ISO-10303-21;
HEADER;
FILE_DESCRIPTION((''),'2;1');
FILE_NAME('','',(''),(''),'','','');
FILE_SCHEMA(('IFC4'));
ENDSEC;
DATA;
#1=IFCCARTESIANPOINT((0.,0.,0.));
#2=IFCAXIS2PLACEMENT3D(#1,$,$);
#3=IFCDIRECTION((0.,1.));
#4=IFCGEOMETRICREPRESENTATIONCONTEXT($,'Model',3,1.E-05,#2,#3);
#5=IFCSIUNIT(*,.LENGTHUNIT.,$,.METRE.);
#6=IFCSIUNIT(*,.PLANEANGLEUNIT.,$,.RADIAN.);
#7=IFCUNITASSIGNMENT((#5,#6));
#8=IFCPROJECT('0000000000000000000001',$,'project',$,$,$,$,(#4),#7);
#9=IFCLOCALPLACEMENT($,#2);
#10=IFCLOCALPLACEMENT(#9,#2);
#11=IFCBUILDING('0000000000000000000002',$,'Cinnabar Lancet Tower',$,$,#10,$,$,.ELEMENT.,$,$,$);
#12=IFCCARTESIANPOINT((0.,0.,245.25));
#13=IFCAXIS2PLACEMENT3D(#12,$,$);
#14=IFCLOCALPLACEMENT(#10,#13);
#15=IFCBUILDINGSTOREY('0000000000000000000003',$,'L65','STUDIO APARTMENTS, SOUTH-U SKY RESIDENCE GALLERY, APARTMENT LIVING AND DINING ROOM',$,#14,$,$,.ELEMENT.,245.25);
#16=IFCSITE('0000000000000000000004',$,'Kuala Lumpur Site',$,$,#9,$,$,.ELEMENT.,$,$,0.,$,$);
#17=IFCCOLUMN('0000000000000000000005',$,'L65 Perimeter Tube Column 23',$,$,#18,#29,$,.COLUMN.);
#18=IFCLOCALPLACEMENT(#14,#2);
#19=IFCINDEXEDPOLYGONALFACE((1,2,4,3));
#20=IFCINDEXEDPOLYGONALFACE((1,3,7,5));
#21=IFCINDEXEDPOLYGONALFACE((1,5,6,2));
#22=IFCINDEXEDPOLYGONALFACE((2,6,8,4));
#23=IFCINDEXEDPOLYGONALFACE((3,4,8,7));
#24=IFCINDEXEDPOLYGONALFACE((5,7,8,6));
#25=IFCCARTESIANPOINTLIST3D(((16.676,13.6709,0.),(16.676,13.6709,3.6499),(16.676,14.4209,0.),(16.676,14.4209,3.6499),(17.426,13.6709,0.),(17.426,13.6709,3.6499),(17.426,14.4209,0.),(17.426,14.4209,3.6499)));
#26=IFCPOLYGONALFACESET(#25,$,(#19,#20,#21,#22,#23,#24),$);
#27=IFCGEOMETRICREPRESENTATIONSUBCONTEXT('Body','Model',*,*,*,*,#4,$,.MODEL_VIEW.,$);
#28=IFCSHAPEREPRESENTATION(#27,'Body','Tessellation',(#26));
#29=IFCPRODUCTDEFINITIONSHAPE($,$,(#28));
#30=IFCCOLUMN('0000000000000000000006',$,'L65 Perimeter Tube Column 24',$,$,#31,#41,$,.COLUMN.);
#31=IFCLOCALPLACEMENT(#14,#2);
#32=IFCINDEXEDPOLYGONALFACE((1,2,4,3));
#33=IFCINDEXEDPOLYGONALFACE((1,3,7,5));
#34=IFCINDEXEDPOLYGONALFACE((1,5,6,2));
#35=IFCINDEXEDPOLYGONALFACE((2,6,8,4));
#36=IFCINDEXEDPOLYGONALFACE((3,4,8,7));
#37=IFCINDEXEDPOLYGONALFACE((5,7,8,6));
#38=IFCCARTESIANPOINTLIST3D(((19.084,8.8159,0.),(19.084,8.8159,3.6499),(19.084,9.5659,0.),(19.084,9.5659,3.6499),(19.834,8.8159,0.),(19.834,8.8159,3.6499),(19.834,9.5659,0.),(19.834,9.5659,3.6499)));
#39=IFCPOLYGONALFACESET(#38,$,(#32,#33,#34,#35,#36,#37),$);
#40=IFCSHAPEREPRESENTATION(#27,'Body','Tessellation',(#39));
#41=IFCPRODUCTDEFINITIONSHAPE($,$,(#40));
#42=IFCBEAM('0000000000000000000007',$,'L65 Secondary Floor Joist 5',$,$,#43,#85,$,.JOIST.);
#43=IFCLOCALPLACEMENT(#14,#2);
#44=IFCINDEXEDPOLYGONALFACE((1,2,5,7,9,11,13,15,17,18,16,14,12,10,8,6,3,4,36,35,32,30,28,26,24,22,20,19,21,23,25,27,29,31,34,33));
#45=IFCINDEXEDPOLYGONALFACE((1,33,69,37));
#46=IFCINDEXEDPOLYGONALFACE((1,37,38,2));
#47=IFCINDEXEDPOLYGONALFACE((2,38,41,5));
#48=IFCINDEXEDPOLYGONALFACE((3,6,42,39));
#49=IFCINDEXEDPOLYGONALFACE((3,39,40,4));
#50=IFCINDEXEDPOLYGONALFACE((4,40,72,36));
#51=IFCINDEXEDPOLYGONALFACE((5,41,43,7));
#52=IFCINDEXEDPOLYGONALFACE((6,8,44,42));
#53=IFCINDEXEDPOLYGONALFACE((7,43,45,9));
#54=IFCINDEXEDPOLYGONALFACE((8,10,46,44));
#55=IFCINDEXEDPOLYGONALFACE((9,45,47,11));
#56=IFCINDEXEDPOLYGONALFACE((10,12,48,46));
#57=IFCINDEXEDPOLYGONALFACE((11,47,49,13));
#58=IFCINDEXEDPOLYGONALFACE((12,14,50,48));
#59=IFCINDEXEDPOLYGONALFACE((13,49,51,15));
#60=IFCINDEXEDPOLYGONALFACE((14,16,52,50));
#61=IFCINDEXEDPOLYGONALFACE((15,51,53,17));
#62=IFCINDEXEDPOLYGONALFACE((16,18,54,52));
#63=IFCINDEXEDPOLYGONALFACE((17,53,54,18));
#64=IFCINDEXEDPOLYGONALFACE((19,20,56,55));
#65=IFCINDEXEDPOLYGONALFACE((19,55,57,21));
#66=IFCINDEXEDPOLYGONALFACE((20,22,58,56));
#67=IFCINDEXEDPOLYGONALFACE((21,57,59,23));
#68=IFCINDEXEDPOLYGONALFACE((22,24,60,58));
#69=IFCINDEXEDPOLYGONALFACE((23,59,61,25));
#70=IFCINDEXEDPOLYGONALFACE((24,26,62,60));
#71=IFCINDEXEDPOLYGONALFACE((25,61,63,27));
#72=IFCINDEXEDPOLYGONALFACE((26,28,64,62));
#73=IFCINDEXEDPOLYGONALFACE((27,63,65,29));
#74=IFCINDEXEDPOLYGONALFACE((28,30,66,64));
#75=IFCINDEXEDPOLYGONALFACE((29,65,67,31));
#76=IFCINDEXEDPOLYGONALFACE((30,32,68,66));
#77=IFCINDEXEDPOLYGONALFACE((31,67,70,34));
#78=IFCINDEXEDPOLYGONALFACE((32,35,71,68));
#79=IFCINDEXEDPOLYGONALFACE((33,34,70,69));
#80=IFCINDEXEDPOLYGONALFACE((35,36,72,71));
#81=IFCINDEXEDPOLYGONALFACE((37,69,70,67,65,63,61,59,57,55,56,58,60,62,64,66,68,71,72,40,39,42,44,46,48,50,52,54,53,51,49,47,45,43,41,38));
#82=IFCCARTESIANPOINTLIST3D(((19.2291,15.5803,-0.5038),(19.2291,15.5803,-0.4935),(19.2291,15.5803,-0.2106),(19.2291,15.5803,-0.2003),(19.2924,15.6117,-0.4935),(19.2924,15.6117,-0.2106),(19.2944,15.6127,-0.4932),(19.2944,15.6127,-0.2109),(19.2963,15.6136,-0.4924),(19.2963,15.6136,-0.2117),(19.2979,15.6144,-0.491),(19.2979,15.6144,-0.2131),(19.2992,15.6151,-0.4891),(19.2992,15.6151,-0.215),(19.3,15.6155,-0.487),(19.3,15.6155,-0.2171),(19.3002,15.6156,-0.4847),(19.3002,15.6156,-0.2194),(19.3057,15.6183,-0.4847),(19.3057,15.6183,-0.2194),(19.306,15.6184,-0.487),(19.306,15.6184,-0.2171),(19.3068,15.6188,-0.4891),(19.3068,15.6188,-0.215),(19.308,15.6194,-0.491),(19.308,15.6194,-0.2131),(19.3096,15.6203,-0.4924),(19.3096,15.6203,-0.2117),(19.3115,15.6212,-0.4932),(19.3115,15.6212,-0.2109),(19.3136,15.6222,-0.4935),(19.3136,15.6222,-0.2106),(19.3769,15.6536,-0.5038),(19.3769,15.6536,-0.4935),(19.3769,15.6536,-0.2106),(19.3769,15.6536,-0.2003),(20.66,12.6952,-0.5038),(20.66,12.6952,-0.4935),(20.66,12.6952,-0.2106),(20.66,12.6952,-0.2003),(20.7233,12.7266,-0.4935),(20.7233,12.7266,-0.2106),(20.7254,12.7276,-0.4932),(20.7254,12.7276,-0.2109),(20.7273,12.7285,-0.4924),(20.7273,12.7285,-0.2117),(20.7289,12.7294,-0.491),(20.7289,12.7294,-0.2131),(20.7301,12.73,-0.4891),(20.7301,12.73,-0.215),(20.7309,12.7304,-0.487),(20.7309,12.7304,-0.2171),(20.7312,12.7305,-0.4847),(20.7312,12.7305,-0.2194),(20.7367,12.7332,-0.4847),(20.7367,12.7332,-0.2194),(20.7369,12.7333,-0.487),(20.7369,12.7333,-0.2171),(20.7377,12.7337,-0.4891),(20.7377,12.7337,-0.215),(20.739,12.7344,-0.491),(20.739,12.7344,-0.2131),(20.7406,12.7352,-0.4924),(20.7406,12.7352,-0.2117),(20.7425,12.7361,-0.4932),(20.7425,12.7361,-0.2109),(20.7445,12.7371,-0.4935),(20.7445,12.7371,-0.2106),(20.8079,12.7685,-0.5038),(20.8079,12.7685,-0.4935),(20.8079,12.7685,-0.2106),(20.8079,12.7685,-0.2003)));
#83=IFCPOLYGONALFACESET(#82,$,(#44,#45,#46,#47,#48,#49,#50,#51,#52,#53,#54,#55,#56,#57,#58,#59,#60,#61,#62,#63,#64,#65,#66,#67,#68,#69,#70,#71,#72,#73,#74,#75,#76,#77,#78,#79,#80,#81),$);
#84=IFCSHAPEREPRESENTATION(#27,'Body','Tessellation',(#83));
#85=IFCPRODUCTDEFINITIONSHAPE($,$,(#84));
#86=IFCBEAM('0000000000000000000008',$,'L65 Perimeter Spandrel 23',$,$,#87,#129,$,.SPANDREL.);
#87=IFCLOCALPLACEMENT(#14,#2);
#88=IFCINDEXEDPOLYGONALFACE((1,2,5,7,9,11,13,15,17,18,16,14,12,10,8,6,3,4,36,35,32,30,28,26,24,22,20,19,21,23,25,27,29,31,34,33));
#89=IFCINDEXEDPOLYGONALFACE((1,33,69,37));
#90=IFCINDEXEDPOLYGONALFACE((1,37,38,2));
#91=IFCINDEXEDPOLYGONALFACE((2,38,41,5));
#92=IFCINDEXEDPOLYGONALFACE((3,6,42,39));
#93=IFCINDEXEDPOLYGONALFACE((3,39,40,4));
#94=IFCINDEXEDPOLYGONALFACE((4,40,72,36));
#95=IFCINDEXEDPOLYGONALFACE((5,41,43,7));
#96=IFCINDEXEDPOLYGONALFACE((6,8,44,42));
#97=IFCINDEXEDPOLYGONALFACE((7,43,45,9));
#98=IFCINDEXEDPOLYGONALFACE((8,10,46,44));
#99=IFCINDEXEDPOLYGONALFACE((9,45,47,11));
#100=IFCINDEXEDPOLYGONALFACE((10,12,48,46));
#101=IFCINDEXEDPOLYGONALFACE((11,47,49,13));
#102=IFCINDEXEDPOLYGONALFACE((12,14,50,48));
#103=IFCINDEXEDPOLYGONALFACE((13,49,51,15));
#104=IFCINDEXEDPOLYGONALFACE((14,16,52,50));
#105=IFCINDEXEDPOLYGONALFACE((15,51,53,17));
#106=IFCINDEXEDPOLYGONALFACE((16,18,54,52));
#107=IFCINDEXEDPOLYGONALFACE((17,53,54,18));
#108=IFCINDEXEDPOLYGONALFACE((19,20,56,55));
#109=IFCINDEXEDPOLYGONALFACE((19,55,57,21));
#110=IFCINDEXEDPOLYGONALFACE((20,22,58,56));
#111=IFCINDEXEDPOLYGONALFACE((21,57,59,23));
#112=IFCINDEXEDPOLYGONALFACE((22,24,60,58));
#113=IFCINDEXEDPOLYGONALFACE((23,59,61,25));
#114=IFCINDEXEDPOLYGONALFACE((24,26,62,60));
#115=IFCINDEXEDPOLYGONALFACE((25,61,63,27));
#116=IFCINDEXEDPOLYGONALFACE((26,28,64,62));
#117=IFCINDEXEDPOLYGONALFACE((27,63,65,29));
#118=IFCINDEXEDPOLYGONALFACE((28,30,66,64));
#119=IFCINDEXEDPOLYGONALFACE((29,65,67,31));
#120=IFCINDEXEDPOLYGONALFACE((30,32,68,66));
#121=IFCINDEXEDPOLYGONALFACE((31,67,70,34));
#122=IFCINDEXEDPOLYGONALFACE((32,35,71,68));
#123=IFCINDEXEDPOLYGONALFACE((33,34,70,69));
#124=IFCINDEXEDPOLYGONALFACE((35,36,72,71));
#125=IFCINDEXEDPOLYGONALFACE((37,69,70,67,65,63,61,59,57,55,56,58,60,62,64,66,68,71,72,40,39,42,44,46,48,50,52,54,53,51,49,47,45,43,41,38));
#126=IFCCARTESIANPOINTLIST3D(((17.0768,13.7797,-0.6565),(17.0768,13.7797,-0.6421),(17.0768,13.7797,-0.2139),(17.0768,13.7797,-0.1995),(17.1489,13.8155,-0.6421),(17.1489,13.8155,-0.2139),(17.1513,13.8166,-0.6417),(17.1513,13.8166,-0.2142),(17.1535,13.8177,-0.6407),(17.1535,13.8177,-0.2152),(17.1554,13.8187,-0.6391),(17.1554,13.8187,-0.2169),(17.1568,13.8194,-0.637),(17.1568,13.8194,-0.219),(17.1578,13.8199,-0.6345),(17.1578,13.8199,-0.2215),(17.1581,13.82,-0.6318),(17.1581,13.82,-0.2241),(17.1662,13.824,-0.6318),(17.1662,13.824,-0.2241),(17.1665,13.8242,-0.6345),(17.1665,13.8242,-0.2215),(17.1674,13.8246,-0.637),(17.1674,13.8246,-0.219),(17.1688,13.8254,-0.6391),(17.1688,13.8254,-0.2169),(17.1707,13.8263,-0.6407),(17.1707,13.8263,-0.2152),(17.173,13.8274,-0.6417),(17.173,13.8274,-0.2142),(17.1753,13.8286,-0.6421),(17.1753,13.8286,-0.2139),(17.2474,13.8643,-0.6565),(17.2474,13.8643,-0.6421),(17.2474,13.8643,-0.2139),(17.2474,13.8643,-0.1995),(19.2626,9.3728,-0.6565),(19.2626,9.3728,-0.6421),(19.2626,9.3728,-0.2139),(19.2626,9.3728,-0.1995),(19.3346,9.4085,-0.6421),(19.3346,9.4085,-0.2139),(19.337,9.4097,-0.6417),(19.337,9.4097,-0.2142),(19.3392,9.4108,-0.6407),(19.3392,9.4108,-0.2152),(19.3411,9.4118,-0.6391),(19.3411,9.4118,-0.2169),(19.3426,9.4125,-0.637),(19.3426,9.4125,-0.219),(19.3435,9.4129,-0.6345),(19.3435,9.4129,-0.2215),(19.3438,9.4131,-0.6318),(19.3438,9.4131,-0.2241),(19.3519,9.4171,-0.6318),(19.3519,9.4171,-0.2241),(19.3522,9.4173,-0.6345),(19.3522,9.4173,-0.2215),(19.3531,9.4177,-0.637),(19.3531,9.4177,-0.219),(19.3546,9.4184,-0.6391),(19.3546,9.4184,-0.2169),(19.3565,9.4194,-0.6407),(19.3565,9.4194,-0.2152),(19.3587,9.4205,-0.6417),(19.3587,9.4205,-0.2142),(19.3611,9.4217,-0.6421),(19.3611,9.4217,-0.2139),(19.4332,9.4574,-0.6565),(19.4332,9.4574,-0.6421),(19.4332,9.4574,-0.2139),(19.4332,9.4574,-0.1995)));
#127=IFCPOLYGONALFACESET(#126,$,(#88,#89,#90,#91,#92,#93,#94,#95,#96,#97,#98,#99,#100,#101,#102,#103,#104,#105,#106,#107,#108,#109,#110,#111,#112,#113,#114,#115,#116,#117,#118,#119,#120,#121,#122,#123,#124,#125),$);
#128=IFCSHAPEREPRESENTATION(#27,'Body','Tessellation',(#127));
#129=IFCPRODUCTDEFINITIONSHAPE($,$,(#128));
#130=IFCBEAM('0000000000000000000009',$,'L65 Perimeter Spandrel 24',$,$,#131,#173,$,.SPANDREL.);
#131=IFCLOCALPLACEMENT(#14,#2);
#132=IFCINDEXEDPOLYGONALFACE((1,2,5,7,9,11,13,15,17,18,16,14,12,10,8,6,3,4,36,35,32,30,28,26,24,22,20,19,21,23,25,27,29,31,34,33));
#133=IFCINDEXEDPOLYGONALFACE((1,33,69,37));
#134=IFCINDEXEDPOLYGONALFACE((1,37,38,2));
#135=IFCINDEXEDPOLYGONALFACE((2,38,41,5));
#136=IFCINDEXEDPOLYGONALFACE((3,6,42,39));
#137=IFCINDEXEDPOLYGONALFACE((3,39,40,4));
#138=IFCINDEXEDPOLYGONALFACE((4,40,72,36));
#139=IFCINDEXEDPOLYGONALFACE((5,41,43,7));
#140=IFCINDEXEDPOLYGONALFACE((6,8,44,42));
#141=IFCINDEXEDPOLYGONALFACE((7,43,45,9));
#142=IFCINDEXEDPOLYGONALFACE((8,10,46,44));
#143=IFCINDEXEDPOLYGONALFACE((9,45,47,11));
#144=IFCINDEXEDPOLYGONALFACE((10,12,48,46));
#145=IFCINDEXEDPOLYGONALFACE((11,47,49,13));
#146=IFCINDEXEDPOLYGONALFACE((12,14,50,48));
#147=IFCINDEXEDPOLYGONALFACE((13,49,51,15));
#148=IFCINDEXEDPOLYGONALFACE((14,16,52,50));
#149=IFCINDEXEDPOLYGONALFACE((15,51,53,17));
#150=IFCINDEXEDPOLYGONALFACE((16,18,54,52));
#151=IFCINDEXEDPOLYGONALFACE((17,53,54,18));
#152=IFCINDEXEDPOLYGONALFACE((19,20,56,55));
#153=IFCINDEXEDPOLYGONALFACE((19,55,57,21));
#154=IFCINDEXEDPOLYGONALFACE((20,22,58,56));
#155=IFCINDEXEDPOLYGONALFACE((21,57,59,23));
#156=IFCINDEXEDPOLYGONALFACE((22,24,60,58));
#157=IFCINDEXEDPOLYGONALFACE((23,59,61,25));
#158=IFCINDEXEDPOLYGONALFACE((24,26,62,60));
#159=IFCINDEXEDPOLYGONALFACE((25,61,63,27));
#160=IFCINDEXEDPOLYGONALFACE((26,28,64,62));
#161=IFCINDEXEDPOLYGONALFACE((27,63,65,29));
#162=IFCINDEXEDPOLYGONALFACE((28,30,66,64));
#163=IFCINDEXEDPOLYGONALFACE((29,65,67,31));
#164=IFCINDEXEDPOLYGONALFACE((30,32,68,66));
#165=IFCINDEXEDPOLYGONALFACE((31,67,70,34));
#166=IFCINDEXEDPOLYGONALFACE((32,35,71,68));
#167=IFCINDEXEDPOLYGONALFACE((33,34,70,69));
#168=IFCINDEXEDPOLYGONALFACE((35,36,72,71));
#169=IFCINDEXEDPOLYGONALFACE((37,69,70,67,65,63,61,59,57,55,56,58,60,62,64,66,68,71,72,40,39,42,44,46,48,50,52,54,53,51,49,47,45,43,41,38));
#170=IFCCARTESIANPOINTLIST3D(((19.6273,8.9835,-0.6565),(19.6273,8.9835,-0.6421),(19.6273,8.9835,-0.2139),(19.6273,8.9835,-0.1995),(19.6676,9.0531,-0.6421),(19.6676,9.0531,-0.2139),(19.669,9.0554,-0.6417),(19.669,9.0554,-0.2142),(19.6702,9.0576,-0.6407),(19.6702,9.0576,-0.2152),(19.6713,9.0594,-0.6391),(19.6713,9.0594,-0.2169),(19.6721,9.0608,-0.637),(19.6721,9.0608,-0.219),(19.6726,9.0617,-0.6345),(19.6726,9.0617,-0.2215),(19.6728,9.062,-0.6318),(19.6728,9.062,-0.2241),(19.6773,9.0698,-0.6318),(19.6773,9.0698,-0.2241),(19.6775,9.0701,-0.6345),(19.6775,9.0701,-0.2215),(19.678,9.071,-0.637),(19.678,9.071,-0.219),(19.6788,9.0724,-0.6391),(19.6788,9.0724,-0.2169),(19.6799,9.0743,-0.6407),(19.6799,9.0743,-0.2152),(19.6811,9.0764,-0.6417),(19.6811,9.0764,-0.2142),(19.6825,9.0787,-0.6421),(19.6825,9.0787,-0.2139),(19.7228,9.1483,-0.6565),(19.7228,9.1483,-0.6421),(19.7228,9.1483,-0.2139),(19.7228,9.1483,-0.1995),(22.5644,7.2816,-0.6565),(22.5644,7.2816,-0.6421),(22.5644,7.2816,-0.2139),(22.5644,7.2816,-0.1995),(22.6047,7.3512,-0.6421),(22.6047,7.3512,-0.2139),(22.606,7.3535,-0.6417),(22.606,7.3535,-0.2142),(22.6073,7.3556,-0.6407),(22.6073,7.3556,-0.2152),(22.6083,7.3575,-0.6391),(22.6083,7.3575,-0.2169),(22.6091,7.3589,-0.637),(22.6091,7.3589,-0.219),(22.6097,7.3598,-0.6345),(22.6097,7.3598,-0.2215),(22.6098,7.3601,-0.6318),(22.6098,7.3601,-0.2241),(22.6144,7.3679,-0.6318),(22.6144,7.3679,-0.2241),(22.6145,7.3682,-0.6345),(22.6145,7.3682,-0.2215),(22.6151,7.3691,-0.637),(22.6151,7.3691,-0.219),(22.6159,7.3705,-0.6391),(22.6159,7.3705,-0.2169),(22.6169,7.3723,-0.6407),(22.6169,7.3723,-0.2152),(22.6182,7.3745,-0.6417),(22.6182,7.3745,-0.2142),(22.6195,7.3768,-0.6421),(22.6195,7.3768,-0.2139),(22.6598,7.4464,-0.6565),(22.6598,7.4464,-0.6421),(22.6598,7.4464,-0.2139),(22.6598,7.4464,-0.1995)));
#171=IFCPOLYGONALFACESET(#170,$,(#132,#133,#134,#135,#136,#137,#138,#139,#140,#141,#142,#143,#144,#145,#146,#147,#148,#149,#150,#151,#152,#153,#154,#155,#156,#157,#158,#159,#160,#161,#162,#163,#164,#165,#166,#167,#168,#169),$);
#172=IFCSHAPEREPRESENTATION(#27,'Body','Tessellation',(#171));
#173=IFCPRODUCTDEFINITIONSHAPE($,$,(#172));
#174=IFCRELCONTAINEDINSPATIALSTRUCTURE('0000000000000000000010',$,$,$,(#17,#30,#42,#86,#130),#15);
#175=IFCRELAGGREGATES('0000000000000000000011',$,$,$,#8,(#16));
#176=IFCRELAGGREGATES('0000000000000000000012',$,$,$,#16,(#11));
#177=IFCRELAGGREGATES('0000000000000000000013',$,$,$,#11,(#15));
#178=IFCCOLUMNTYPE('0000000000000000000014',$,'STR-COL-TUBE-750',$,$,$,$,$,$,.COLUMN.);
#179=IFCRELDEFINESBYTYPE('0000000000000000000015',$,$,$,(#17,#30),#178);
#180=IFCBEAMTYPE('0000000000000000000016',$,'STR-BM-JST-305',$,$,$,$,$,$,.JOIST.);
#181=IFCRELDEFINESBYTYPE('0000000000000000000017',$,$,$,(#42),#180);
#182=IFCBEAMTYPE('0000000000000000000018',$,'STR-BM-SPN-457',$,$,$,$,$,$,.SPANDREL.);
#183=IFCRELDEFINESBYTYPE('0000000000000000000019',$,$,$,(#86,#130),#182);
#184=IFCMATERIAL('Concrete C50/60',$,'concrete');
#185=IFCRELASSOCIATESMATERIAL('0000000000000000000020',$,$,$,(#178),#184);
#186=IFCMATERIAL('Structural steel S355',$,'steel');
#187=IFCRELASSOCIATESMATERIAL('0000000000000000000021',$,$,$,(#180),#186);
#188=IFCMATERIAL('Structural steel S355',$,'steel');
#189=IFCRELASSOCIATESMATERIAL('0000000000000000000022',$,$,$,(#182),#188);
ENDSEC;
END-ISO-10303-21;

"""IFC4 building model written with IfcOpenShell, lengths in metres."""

from ifc_helpers import new_model, si_unit, direction, frame, origin, origin_2d, place, context, subcontext, project, spatial, rectangle, i_section, extrude, material, material_profile, profile_set, type_object, element, save


model = new_model("IFC4")

# Units and contexts
model_context = context("Model", 3, precision=1e-05, world=origin(), true_north=direction((0.0, 1.0)))
body_context = subcontext(model_context, "Body", "Model", "MODEL_VIEW")
ifc_project = project(units=[si_unit("LENGTHUNIT", "METRE"), si_unit("PLANEANGLEUNIT", "RADIAN")], contexts=[model_context])

# Site, building, storey
site_placement = place(None, origin())
site = spatial("IfcSite", under=ifc_project, at=site_placement, Name="Kuala Lumpur Site", CompositionType="ELEMENT", RefElevation=0.0)
building_placement = place(site_placement, origin())
building = spatial("IfcBuilding", under=site, at=building_placement, Name="Cinnabar Lancet Tower", CompositionType="ELEMENT")
storey_placement = place(building_placement, frame((0.0, 0.0, 245.25)))
storey = spatial("IfcBuildingStorey", under=building, at=storey_placement, Name="L65", Description="STUDIO APARTMENTS, SOUTH-U SKY RESIDENCE GALLERY, APARTMENT LIVING AND DINING ROOM", CompositionType="ELEMENT", Elevation=245.25)

# Columns
ifc_material_1 = material(Name="Concrete C50/60", Category="concrete")
ifc_material_profile_1 = material_profile(ifc_material_1, rectangle(XDim=0.75, YDim=0.75, at=origin_2d()), Name="RC-COL 750x750")
ifc_profile_set_1 = profile_set([ifc_material_profile_1], Name="Concrete C50/60")
column_type = type_object("IfcColumnType", Name="STR-COL-TUBE-750", PredefinedType="COLUMN", material=ifc_profile_set_1)
for number, where, z_axis, x_axis, name in (
    (1, (17.051, 14.0459, 0.0), (0.0, 0.0, 1.0), (1.0, 0.0, 0.0), "L65 Perimeter Tube Column 23"),
    (2, (19.459, 9.1909, 0.0), (0.0, 0.0, 1.0), (1.0, 0.0, 0.0), "L65 Perimeter Tube Column 24"),
):
    element("IfcColumn", number, at=place(storey_placement, frame(where, z_axis=z_axis, x_axis=x_axis)), inside=storey, type_object=column_type, Name=name, PredefinedType="COLUMN", context=body_context, shape_type="SweptSolid", body=[
        extrude(rectangle(XDim=0.75, YDim=0.75, at=origin_2d()), origin(), (0.0, 0.0, 1.0), 3.6499),
    ])

# Beams
ifc_material_2 = material(Name="Structural steel S355", Category="steel")
ifc_material_profile_2 = material_profile(ifc_material_2, i_section(OverallWidth=0.165, OverallDepth=0.3035, WebThickness=0.0061, FlangeThickness=0.0103, FilletRadius=0.0088, at=origin_2d()), Name="UKB 305x165x40")
ifc_profile_set_2 = profile_set([ifc_material_profile_2], Name="Structural steel S355")
beam_type_1 = type_object("IfcBeamType", Name="STR-BM-JST-305", PredefinedType="JOIST", material=ifc_profile_set_2)
beam_1_placement = place(storey_placement, frame((19.303, 15.6169, -0.3521), z_axis=(0.44433, -0.895863, 0.0), x_axis=(0.895863, 0.44433, 0.0)))
element("IfcBeam", 3, at=beam_1_placement, inside=storey, type_object=beam_type_1, Name="L65 Secondary Floor Joist 5", PredefinedType="JOIST", context=body_context, shape_type="SweptSolid", body=[
    extrude(i_section(OverallWidth=0.165, OverallDepth=0.3035, WebThickness=0.0061, FlangeThickness=0.0103, FilletRadius=0.0088, at=origin_2d()), origin(), (0.0, 0.0, 1.0), 3.2205),
])
ifc_material_3 = material(Name="Structural steel S355", Category="steel")
ifc_material_profile_3 = material_profile(ifc_material_3, i_section(OverallWidth=0.1904, OverallDepth=0.457, WebThickness=0.009, FlangeThickness=0.0144, FilletRadius=0.0103, at=origin_2d()), Name="UKB 457x191x74")
ifc_profile_set_3 = profile_set([ifc_material_profile_3], Name="Structural steel S355")
beam_type_2 = type_object("IfcBeamType", Name="STR-BM-SPN-457", PredefinedType="SPANDREL", material=ifc_profile_set_3)
beam_2_placement = place(storey_placement, frame((17.1621, 13.822, -0.428), z_axis=(0.444333, -0.895862, 0.0), x_axis=(0.895862, 0.444333, 0.0)))
element("IfcBeam", 4, at=beam_2_placement, inside=storey, type_object=beam_type_2, Name="L65 Perimeter Spandrel 23", PredefinedType="SPANDREL", context=body_context, shape_type="SweptSolid", body=[
    extrude(i_section(OverallWidth=0.1904, OverallDepth=0.457, WebThickness=0.009, FlangeThickness=0.0144, FilletRadius=0.0103, at=origin_2d()), origin(), (0.0, 0.0, 1.0), 4.9192),
])
beam_3_placement = place(storey_placement, frame((19.675, 9.0659, -0.428), z_axis=(0.865231, -0.501374, 0.0), x_axis=(0.501374, 0.865231, 0.0)))
element("IfcBeam", 5, at=beam_3_placement, inside=storey, type_object=beam_type_2, Name="L65 Perimeter Spandrel 24", PredefinedType="SPANDREL", context=body_context, shape_type="SweptSolid", body=[
    extrude(i_section(OverallWidth=0.1904, OverallDepth=0.457, WebThickness=0.009, FlangeThickness=0.0144, FilletRadius=0.0103, at=origin_2d()), origin(), (0.0, 0.0, 1.0), 3.3945),
])

save(model, "model.ifc")
